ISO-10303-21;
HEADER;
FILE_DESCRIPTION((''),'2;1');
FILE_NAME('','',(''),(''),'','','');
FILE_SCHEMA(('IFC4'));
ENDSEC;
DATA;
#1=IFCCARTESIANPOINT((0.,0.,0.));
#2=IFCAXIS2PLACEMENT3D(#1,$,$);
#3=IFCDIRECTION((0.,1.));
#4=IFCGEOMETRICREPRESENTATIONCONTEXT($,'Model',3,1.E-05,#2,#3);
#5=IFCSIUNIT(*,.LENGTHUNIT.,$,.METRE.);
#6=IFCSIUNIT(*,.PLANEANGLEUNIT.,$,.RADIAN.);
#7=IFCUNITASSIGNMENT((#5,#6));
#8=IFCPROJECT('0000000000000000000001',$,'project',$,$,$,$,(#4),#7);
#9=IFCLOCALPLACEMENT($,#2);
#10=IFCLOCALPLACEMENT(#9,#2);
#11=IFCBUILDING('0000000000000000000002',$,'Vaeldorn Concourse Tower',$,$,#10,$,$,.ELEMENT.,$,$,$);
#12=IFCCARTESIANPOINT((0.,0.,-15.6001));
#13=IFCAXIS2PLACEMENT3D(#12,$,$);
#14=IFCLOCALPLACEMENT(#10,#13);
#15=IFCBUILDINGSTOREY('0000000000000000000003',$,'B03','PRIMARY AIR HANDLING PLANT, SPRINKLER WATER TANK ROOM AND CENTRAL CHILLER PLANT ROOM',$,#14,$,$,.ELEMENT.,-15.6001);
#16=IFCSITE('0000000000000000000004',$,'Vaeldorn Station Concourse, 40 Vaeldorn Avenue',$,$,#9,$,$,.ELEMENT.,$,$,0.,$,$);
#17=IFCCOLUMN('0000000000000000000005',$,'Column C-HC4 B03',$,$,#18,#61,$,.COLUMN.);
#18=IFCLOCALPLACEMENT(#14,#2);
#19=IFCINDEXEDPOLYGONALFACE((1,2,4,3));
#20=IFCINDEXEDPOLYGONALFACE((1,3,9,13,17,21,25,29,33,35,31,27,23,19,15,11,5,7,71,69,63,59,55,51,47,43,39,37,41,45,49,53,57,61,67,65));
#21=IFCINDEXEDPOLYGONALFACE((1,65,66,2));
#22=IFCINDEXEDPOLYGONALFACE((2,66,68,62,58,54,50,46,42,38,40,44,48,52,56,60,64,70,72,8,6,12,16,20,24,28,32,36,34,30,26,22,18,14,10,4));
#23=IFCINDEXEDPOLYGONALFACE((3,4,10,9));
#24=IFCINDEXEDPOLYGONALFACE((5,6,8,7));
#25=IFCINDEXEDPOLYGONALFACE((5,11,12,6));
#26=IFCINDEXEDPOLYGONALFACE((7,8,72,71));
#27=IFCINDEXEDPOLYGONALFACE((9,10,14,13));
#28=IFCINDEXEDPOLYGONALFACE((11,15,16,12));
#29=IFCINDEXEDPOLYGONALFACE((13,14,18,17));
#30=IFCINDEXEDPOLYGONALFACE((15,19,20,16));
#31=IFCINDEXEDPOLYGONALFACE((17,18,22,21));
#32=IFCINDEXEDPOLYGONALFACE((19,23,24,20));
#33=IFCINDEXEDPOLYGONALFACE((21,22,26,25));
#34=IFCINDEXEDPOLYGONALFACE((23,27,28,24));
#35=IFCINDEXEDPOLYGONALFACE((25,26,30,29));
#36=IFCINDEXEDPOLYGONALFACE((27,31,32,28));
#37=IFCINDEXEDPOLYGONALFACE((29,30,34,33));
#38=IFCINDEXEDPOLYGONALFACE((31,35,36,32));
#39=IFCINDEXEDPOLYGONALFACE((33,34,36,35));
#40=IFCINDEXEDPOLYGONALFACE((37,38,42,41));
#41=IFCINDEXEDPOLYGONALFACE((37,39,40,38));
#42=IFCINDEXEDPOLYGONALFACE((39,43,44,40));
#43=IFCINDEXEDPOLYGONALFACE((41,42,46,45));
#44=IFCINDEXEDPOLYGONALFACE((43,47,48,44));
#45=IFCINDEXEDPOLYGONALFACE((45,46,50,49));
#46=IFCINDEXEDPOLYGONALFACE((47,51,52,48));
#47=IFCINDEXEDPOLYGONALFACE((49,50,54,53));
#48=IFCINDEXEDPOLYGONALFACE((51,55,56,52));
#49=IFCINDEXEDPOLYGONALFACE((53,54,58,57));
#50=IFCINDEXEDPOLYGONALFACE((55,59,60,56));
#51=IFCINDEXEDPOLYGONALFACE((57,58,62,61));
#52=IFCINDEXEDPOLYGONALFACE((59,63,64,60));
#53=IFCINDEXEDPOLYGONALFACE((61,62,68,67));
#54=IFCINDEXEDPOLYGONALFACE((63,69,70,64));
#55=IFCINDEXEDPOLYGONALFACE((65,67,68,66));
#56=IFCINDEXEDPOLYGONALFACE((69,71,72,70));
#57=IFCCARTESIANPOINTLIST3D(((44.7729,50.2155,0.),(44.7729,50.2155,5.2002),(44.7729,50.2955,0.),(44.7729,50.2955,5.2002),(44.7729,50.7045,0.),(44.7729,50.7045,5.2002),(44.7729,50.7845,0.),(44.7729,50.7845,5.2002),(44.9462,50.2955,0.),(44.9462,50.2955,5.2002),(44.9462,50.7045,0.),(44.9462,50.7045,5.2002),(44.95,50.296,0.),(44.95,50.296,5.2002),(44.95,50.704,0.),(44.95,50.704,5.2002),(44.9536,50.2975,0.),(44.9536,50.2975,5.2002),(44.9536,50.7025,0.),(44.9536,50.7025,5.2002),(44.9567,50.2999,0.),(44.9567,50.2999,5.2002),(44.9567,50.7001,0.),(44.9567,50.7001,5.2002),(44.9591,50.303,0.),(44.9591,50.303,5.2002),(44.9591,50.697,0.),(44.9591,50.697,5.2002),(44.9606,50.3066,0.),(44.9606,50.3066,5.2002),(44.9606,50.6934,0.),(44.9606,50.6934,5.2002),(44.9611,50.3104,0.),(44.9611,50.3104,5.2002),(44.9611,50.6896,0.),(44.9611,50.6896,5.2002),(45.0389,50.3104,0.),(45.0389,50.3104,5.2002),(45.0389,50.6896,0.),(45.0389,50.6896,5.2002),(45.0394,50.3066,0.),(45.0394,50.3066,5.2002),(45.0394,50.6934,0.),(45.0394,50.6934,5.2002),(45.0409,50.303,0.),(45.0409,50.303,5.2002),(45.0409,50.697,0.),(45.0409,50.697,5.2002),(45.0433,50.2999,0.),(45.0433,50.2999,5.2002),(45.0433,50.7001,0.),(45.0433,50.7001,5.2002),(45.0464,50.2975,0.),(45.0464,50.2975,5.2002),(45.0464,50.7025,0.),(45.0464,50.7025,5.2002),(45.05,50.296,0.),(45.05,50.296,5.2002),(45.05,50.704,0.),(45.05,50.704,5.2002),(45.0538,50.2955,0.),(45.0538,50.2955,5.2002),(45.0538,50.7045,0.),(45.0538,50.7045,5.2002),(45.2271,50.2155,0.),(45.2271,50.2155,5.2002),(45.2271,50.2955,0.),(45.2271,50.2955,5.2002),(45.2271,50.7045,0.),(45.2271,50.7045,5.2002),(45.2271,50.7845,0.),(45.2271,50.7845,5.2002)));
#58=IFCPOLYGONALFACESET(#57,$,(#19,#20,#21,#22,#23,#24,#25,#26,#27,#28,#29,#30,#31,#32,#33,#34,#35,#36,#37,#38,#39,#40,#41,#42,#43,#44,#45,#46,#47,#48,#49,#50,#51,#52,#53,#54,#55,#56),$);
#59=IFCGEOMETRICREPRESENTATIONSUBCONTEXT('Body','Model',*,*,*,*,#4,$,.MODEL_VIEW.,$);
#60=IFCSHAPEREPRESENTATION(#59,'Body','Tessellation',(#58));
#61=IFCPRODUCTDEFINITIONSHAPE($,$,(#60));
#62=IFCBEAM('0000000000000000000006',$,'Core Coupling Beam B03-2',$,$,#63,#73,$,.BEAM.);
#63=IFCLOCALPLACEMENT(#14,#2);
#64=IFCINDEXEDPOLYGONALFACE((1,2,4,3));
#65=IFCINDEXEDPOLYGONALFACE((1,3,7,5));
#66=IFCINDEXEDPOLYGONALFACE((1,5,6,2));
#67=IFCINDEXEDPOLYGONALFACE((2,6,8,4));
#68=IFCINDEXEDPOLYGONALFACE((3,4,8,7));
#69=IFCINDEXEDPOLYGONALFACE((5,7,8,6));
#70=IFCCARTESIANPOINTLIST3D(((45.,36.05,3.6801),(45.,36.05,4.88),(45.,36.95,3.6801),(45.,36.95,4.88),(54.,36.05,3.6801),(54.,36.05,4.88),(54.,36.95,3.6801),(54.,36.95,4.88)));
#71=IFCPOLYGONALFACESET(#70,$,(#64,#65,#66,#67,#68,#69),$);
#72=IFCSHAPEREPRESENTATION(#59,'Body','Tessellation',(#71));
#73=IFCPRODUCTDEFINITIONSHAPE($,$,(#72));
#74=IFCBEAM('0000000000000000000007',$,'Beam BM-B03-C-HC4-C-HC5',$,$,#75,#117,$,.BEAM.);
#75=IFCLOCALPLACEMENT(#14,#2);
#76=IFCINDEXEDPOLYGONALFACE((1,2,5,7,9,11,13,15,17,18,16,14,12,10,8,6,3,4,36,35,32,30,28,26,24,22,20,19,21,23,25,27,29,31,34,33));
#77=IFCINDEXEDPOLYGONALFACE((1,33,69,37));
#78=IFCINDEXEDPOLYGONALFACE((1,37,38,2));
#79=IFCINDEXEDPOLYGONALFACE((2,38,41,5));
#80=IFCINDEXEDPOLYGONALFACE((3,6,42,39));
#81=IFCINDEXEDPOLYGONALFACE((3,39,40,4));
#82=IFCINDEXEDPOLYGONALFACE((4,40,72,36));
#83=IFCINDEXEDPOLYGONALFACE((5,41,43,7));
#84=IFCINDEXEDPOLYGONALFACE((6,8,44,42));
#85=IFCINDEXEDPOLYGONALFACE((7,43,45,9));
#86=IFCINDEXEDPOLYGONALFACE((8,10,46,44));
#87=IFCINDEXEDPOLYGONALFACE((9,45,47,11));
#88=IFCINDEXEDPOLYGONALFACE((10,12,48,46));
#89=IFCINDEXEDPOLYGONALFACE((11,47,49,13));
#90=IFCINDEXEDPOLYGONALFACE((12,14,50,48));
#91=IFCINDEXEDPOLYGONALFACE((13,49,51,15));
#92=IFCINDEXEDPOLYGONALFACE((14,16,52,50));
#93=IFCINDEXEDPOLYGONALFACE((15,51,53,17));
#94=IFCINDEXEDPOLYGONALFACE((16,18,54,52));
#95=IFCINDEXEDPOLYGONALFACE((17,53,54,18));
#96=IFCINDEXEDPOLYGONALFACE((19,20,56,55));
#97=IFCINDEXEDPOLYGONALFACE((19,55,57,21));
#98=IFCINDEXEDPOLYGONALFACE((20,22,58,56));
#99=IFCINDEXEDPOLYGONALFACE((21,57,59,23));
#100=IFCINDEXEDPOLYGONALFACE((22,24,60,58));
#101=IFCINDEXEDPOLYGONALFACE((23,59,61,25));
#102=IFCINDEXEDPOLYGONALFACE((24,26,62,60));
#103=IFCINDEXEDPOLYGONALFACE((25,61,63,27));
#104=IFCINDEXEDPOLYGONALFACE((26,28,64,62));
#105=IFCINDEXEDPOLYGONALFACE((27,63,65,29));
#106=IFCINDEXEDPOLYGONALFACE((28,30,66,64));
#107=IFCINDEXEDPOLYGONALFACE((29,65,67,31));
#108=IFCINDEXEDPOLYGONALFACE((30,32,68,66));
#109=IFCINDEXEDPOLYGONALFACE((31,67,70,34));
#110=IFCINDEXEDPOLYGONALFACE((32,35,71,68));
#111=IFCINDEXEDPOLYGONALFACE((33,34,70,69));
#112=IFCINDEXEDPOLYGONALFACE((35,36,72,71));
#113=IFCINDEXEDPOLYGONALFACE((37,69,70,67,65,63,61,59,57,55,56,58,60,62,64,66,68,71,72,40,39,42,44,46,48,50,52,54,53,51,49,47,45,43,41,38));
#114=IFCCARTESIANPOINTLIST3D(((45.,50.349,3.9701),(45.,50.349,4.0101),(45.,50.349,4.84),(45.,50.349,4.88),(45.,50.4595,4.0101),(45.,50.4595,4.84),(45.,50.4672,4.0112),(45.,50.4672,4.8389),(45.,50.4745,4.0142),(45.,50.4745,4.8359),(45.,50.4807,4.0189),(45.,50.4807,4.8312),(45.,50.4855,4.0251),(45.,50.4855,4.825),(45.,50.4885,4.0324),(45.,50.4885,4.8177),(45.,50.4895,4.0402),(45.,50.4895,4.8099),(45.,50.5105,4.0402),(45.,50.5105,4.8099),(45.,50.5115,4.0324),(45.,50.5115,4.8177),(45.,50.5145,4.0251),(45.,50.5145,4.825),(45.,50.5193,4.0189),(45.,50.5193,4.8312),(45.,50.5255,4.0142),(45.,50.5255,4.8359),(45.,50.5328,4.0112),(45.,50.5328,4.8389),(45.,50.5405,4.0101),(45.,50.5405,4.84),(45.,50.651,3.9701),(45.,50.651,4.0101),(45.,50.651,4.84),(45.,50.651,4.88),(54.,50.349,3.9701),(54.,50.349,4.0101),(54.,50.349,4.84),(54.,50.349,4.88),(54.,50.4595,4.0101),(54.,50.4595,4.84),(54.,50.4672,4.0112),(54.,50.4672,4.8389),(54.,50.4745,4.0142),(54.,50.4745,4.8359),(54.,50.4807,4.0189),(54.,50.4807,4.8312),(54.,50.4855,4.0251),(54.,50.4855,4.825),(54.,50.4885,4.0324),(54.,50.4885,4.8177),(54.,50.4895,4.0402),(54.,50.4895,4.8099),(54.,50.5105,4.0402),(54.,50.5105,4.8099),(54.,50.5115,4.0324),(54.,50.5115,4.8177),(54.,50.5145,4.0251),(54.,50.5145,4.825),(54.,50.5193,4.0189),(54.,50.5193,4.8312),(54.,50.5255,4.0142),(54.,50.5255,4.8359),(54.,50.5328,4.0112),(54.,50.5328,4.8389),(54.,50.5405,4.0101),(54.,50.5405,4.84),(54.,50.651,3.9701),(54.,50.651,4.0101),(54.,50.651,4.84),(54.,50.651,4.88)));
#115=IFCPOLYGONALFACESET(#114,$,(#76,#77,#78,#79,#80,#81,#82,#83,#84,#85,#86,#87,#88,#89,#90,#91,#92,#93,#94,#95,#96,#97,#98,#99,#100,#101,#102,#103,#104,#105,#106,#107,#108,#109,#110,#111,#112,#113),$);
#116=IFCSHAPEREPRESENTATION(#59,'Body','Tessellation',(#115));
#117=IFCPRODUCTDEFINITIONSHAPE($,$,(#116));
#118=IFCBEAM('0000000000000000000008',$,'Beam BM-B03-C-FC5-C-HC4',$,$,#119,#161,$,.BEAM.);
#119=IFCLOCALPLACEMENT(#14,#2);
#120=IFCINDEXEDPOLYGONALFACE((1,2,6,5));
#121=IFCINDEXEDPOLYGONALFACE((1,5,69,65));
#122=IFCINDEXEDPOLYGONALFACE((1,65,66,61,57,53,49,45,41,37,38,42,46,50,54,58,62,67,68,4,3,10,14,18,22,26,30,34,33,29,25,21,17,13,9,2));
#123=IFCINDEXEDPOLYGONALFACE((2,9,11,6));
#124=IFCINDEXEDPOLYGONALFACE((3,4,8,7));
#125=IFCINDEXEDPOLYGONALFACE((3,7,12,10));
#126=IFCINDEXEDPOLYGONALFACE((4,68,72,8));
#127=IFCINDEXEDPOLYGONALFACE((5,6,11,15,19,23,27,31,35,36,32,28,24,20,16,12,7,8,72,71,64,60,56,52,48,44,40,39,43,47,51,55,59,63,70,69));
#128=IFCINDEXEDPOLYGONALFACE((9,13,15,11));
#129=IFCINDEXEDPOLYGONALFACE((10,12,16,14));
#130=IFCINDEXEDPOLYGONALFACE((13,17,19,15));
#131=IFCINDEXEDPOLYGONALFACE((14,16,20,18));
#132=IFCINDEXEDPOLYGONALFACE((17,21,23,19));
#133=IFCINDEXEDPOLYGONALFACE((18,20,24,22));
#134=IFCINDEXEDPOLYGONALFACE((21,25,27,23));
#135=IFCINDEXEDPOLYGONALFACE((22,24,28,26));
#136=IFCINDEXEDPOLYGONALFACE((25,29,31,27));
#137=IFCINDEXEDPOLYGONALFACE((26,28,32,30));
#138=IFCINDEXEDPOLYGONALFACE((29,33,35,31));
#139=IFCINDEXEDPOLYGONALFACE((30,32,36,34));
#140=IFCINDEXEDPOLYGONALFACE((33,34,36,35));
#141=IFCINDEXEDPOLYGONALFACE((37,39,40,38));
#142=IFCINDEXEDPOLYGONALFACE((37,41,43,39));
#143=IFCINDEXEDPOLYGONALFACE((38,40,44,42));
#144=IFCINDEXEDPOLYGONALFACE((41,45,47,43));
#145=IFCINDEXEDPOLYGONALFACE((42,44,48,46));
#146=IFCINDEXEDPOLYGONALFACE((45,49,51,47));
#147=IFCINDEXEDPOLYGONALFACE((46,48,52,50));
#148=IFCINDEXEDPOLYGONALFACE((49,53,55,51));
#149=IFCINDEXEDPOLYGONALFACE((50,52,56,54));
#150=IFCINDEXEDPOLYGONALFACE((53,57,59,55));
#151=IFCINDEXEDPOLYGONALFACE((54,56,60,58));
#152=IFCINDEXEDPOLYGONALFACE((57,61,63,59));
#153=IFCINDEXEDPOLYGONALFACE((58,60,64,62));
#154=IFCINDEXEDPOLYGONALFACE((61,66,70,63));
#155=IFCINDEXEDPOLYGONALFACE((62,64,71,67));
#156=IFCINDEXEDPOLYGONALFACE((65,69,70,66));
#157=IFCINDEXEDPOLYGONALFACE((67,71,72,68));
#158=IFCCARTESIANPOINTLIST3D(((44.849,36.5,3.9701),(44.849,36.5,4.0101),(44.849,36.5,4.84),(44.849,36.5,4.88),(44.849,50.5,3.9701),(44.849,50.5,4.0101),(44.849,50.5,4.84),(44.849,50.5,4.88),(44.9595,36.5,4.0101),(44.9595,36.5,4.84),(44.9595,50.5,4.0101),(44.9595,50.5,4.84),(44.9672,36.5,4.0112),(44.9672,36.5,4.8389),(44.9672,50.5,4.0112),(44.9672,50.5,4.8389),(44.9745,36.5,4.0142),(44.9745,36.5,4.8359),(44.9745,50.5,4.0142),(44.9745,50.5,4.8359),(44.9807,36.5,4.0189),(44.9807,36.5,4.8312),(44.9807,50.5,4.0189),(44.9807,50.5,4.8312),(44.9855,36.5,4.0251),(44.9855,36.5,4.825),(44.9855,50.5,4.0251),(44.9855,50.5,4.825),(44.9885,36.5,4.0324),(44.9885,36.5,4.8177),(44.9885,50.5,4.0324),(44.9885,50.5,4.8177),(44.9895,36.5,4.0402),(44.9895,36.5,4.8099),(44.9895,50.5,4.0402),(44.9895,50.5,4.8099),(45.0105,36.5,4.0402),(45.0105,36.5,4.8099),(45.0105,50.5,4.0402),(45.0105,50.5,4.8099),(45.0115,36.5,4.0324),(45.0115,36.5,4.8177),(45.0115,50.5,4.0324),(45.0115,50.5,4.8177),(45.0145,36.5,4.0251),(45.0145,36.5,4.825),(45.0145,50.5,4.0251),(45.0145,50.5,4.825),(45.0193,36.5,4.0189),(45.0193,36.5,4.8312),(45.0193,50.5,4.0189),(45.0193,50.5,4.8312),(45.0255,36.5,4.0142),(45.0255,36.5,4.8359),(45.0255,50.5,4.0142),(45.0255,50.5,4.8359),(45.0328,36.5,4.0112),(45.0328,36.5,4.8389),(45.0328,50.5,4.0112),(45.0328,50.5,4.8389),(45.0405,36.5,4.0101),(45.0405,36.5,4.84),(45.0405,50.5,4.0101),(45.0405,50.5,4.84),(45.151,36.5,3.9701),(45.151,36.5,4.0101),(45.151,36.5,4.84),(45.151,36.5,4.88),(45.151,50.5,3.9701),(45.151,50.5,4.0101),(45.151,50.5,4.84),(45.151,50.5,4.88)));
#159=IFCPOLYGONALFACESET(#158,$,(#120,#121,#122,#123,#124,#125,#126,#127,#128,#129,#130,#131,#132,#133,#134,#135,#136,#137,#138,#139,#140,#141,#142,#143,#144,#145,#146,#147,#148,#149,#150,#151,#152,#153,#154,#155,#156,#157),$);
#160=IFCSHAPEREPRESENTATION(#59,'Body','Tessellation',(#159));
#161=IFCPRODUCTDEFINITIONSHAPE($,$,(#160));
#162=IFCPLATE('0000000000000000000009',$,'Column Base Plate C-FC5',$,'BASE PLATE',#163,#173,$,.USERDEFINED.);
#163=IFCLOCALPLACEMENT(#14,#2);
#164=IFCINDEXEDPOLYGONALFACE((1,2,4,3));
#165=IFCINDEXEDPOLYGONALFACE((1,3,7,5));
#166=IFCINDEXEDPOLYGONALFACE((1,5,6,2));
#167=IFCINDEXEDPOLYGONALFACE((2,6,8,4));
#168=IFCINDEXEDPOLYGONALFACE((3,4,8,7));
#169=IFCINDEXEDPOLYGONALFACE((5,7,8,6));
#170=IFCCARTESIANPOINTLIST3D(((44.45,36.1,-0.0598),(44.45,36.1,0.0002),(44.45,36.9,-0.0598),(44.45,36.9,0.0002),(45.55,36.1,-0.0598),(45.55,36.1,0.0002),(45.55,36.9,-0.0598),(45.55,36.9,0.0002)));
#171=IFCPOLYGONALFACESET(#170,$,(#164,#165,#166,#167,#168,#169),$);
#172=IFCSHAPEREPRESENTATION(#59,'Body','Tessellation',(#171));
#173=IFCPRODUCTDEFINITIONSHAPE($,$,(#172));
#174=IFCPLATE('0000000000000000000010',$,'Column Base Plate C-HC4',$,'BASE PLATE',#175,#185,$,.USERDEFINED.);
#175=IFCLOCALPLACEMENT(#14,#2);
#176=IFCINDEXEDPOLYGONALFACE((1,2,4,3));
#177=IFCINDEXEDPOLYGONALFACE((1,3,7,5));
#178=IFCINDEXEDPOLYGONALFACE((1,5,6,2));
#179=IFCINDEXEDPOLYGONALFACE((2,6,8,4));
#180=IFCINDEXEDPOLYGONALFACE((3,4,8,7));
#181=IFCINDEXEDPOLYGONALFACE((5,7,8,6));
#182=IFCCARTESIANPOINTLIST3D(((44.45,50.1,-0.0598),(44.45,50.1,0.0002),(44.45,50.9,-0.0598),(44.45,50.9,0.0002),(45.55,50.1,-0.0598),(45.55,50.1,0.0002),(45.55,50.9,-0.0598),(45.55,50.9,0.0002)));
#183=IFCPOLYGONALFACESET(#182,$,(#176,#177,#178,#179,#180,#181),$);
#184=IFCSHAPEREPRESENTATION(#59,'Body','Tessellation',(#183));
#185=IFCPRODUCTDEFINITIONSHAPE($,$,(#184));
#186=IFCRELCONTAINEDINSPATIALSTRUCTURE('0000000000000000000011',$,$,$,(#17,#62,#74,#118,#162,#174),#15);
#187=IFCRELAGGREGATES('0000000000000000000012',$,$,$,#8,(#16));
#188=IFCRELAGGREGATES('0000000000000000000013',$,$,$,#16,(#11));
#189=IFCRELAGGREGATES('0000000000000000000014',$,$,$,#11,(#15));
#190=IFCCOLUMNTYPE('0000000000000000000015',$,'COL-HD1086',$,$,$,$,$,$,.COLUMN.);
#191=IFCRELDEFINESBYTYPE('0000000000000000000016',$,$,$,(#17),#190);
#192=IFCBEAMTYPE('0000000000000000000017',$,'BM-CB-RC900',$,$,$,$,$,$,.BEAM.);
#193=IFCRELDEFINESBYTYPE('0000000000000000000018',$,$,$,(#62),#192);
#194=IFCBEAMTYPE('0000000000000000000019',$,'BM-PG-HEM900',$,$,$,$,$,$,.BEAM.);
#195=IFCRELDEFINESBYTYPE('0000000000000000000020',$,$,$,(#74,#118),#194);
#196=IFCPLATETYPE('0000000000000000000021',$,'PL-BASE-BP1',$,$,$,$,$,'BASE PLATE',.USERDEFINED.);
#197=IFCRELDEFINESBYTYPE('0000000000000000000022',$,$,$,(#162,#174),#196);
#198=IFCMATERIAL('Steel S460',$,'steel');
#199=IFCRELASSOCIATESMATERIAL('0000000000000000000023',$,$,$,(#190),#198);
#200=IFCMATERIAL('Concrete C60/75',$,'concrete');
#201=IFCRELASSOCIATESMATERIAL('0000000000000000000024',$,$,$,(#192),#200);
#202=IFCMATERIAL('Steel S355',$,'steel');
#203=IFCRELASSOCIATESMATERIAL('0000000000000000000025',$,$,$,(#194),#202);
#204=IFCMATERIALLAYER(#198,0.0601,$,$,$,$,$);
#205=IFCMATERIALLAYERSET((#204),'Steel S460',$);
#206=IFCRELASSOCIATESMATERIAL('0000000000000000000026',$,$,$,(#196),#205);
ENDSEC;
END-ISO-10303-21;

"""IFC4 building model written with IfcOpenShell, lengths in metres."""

from ifc_helpers import new_model, si_unit, direction, frame, origin, origin_2d, place, context, subcontext, project, spatial, rectangle, i_section, extrude, source, transform, mapped, material, layer, layer_set, material_profile, profile_set, type_object, element, save


model = new_model("IFC4")

# Units and contexts
model_context = context("Model", 3, precision=1e-05, world=origin(), true_north=direction((0.0, 1.0)))
body_context = subcontext(model_context, "Body", "Model", "MODEL_VIEW")
ifc_project = project(units=[si_unit("LENGTHUNIT", "METRE"), si_unit("PLANEANGLEUNIT", "RADIAN")], contexts=[model_context])

# Site, building, storey
site_placement = place(None, origin())
site = spatial("IfcSite", under=ifc_project, at=site_placement, Name="Vaeldorn Station Concourse, 40 Vaeldorn Avenue", CompositionType="ELEMENT", RefElevation=0.0)
building_placement = place(site_placement, origin())
building = spatial("IfcBuilding", under=site, at=building_placement, Name="Vaeldorn Concourse Tower", CompositionType="ELEMENT")
storey_placement = place(building_placement, frame((0.0, 0.0, -15.6001)))
storey = spatial("IfcBuildingStorey", under=building, at=storey_placement, Name="B03", Description="PRIMARY AIR HANDLING PLANT, SPRINKLER WATER TANK ROOM AND CENTRAL CHILLER PLANT ROOM", CompositionType="ELEMENT", Elevation=-15.6001)

# Column
ifc_material_1 = material(Name="Steel S460", Category="steel")
ifc_material_profile_1 = material_profile(ifc_material_1, i_section(OverallWidth=0.4541, OverallDepth=0.5691, WebThickness=0.0779, FlangeThickness=0.0801, FilletRadius=0.0149, at=origin_2d()), Name="HD 400x1086")
ifc_profile_set_1 = profile_set([ifc_material_profile_1], Name="Steel S460")
column_type = type_object("IfcColumnType", Name="COL-HD1086", PredefinedType="COLUMN", material=ifc_profile_set_1)
shared_shape_1 = source(origin(), body_context, "Body", "SweptSolid", [
    extrude(i_section(OverallWidth=0.4541, OverallDepth=0.5691, WebThickness=0.0779, FlangeThickness=0.0801, FilletRadius=0.0149, at=origin_2d()), origin(), (0.0, 0.0, 1.0), 5.2002),
])
column_placement = place(storey_placement, frame((45.0, 50.5, 0.0), z_axis=(0.0, 0.0, 1.0), x_axis=(1.0, 0.0, 0.0)))
element("IfcColumn", 1, at=column_placement, inside=storey, type_object=column_type, Name="Column C-HC4 B03", PredefinedType="COLUMN", context=body_context, shape_type="MappedRepresentation", body=[
    mapped(shared_shape_1, transform((0.0, 0.0, 0.0), scale=1.0)),
])

# Beams
ifc_material_2 = material(Name="Concrete C60/75", Category="concrete")
ifc_material_profile_2 = material_profile(ifc_material_2, rectangle(XDim=0.8999, YDim=1.2, at=origin_2d()), Name="RC 900x1200")
ifc_profile_set_2 = profile_set([ifc_material_profile_2], Name="Concrete C60/75")
beam_type_1 = type_object("IfcBeamType", Name="BM-CB-RC900", PredefinedType="BEAM", material=ifc_profile_set_2)
shared_shape_2 = source(origin(), body_context, "Body", "SweptSolid", [
    extrude(rectangle(XDim=0.8999, YDim=1.2, at=origin_2d()), origin(), (0.0, 0.0, 1.0), 9.0),
])
beam_1_placement = place(storey_placement, frame((45.0, 36.5, 4.28), z_axis=(1.0, 0.0, 0.0), x_axis=(0.0, 1.0, 0.0)))
element("IfcBeam", 2, at=beam_1_placement, inside=storey, type_object=beam_type_1, Name="Core Coupling Beam B03-2", PredefinedType="BEAM", context=body_context, shape_type="MappedRepresentation", body=[
    mapped(shared_shape_2, transform((0.0, 0.0, 0.0), scale=1.0)),
])
ifc_material_3 = material(Name="Steel S355", Category="steel")
ifc_material_profile_3 = material_profile(ifc_material_3, i_section(OverallWidth=0.302, OverallDepth=0.9099, WebThickness=0.021, FlangeThickness=0.04, FilletRadius=0.03, at=origin_2d()), Name="HEM 900")
ifc_profile_set_3 = profile_set([ifc_material_profile_3], Name="Steel S355")
beam_type_2 = type_object("IfcBeamType", Name="BM-PG-HEM900", PredefinedType="BEAM", material=ifc_profile_set_3)
shared_shape_3 = source(origin(), body_context, "Body", "SweptSolid", [
    extrude(i_section(OverallWidth=0.302, OverallDepth=0.9099, WebThickness=0.021, FlangeThickness=0.04, FilletRadius=0.03, at=origin_2d()), origin(), (0.0, 0.0, 1.0), 9.0),
])
beam_2_placement = place(storey_placement, frame((45.0, 50.5, 4.425), z_axis=(1.0, 0.0, 0.0), x_axis=(0.0, 1.0, 0.0)))
element("IfcBeam", 3, at=beam_2_placement, inside=storey, type_object=beam_type_2, Name="Beam BM-B03-C-HC4-C-HC5", PredefinedType="BEAM", context=body_context, shape_type="MappedRepresentation", body=[
    mapped(shared_shape_3, transform((0.0, 0.0, 0.0), scale=1.0)),
])
shared_shape_4 = source(origin(), body_context, "Body", "SweptSolid", [
    extrude(i_section(OverallWidth=0.302, OverallDepth=0.9099, WebThickness=0.021, FlangeThickness=0.04, FilletRadius=0.03, at=origin_2d()), origin(), (0.0, 0.0, 1.0), 14.0),
])
beam_3_placement = place(storey_placement, frame((45.0, 36.5, 4.425), z_axis=(0.0, 1.0, 0.0), x_axis=(-1.0, 0.0, 0.0)))
element("IfcBeam", 4, at=beam_3_placement, inside=storey, type_object=beam_type_2, Name="Beam BM-B03-C-FC5-C-HC4", PredefinedType="BEAM", context=body_context, shape_type="MappedRepresentation", body=[
    mapped(shared_shape_4, transform((0.0, 0.0, 0.0), scale=1.0)),
])

# Plates
ifc_layer_1 = layer(ifc_material_1, 0.0601)
ifc_layer_set_1 = layer_set([ifc_layer_1], Name="Steel S460")
plate_type = type_object("IfcPlateType", Name="PL-BASE-BP1", ElementType="BASE PLATE", PredefinedType="USERDEFINED", material=ifc_layer_set_1)
shared_shape_5 = source(origin(), body_context, "Body", "SweptSolid", [
    extrude(rectangle(XDim=1.1001, YDim=0.8, at=origin_2d()), origin(), (0.0, 0.0, 1.0), 0.0601),
])
for number, where, z_axis, x_axis, name in (
    (5, (45.0, 36.5, -0.0598), (0.0, 0.0, 1.0), (1.0, 0.0, 0.0), "Column Base Plate C-FC5"),
    (6, (45.0, 50.5, -0.0598), (0.0, 0.0, 1.0), (1.0, 0.0, 0.0), "Column Base Plate C-HC4"),
):
    element("IfcPlate", number, at=place(storey_placement, frame(where, z_axis=z_axis, x_axis=x_axis)), inside=storey, type_object=plate_type, Name=name, ObjectType="BASE PLATE", PredefinedType="USERDEFINED", context=body_context, shape_type="MappedRepresentation", body=[
        mapped(shared_shape_5, transform((0.0, 0.0, 0.0), scale=1.0)),
    ])

save(model, "model.ifc")
